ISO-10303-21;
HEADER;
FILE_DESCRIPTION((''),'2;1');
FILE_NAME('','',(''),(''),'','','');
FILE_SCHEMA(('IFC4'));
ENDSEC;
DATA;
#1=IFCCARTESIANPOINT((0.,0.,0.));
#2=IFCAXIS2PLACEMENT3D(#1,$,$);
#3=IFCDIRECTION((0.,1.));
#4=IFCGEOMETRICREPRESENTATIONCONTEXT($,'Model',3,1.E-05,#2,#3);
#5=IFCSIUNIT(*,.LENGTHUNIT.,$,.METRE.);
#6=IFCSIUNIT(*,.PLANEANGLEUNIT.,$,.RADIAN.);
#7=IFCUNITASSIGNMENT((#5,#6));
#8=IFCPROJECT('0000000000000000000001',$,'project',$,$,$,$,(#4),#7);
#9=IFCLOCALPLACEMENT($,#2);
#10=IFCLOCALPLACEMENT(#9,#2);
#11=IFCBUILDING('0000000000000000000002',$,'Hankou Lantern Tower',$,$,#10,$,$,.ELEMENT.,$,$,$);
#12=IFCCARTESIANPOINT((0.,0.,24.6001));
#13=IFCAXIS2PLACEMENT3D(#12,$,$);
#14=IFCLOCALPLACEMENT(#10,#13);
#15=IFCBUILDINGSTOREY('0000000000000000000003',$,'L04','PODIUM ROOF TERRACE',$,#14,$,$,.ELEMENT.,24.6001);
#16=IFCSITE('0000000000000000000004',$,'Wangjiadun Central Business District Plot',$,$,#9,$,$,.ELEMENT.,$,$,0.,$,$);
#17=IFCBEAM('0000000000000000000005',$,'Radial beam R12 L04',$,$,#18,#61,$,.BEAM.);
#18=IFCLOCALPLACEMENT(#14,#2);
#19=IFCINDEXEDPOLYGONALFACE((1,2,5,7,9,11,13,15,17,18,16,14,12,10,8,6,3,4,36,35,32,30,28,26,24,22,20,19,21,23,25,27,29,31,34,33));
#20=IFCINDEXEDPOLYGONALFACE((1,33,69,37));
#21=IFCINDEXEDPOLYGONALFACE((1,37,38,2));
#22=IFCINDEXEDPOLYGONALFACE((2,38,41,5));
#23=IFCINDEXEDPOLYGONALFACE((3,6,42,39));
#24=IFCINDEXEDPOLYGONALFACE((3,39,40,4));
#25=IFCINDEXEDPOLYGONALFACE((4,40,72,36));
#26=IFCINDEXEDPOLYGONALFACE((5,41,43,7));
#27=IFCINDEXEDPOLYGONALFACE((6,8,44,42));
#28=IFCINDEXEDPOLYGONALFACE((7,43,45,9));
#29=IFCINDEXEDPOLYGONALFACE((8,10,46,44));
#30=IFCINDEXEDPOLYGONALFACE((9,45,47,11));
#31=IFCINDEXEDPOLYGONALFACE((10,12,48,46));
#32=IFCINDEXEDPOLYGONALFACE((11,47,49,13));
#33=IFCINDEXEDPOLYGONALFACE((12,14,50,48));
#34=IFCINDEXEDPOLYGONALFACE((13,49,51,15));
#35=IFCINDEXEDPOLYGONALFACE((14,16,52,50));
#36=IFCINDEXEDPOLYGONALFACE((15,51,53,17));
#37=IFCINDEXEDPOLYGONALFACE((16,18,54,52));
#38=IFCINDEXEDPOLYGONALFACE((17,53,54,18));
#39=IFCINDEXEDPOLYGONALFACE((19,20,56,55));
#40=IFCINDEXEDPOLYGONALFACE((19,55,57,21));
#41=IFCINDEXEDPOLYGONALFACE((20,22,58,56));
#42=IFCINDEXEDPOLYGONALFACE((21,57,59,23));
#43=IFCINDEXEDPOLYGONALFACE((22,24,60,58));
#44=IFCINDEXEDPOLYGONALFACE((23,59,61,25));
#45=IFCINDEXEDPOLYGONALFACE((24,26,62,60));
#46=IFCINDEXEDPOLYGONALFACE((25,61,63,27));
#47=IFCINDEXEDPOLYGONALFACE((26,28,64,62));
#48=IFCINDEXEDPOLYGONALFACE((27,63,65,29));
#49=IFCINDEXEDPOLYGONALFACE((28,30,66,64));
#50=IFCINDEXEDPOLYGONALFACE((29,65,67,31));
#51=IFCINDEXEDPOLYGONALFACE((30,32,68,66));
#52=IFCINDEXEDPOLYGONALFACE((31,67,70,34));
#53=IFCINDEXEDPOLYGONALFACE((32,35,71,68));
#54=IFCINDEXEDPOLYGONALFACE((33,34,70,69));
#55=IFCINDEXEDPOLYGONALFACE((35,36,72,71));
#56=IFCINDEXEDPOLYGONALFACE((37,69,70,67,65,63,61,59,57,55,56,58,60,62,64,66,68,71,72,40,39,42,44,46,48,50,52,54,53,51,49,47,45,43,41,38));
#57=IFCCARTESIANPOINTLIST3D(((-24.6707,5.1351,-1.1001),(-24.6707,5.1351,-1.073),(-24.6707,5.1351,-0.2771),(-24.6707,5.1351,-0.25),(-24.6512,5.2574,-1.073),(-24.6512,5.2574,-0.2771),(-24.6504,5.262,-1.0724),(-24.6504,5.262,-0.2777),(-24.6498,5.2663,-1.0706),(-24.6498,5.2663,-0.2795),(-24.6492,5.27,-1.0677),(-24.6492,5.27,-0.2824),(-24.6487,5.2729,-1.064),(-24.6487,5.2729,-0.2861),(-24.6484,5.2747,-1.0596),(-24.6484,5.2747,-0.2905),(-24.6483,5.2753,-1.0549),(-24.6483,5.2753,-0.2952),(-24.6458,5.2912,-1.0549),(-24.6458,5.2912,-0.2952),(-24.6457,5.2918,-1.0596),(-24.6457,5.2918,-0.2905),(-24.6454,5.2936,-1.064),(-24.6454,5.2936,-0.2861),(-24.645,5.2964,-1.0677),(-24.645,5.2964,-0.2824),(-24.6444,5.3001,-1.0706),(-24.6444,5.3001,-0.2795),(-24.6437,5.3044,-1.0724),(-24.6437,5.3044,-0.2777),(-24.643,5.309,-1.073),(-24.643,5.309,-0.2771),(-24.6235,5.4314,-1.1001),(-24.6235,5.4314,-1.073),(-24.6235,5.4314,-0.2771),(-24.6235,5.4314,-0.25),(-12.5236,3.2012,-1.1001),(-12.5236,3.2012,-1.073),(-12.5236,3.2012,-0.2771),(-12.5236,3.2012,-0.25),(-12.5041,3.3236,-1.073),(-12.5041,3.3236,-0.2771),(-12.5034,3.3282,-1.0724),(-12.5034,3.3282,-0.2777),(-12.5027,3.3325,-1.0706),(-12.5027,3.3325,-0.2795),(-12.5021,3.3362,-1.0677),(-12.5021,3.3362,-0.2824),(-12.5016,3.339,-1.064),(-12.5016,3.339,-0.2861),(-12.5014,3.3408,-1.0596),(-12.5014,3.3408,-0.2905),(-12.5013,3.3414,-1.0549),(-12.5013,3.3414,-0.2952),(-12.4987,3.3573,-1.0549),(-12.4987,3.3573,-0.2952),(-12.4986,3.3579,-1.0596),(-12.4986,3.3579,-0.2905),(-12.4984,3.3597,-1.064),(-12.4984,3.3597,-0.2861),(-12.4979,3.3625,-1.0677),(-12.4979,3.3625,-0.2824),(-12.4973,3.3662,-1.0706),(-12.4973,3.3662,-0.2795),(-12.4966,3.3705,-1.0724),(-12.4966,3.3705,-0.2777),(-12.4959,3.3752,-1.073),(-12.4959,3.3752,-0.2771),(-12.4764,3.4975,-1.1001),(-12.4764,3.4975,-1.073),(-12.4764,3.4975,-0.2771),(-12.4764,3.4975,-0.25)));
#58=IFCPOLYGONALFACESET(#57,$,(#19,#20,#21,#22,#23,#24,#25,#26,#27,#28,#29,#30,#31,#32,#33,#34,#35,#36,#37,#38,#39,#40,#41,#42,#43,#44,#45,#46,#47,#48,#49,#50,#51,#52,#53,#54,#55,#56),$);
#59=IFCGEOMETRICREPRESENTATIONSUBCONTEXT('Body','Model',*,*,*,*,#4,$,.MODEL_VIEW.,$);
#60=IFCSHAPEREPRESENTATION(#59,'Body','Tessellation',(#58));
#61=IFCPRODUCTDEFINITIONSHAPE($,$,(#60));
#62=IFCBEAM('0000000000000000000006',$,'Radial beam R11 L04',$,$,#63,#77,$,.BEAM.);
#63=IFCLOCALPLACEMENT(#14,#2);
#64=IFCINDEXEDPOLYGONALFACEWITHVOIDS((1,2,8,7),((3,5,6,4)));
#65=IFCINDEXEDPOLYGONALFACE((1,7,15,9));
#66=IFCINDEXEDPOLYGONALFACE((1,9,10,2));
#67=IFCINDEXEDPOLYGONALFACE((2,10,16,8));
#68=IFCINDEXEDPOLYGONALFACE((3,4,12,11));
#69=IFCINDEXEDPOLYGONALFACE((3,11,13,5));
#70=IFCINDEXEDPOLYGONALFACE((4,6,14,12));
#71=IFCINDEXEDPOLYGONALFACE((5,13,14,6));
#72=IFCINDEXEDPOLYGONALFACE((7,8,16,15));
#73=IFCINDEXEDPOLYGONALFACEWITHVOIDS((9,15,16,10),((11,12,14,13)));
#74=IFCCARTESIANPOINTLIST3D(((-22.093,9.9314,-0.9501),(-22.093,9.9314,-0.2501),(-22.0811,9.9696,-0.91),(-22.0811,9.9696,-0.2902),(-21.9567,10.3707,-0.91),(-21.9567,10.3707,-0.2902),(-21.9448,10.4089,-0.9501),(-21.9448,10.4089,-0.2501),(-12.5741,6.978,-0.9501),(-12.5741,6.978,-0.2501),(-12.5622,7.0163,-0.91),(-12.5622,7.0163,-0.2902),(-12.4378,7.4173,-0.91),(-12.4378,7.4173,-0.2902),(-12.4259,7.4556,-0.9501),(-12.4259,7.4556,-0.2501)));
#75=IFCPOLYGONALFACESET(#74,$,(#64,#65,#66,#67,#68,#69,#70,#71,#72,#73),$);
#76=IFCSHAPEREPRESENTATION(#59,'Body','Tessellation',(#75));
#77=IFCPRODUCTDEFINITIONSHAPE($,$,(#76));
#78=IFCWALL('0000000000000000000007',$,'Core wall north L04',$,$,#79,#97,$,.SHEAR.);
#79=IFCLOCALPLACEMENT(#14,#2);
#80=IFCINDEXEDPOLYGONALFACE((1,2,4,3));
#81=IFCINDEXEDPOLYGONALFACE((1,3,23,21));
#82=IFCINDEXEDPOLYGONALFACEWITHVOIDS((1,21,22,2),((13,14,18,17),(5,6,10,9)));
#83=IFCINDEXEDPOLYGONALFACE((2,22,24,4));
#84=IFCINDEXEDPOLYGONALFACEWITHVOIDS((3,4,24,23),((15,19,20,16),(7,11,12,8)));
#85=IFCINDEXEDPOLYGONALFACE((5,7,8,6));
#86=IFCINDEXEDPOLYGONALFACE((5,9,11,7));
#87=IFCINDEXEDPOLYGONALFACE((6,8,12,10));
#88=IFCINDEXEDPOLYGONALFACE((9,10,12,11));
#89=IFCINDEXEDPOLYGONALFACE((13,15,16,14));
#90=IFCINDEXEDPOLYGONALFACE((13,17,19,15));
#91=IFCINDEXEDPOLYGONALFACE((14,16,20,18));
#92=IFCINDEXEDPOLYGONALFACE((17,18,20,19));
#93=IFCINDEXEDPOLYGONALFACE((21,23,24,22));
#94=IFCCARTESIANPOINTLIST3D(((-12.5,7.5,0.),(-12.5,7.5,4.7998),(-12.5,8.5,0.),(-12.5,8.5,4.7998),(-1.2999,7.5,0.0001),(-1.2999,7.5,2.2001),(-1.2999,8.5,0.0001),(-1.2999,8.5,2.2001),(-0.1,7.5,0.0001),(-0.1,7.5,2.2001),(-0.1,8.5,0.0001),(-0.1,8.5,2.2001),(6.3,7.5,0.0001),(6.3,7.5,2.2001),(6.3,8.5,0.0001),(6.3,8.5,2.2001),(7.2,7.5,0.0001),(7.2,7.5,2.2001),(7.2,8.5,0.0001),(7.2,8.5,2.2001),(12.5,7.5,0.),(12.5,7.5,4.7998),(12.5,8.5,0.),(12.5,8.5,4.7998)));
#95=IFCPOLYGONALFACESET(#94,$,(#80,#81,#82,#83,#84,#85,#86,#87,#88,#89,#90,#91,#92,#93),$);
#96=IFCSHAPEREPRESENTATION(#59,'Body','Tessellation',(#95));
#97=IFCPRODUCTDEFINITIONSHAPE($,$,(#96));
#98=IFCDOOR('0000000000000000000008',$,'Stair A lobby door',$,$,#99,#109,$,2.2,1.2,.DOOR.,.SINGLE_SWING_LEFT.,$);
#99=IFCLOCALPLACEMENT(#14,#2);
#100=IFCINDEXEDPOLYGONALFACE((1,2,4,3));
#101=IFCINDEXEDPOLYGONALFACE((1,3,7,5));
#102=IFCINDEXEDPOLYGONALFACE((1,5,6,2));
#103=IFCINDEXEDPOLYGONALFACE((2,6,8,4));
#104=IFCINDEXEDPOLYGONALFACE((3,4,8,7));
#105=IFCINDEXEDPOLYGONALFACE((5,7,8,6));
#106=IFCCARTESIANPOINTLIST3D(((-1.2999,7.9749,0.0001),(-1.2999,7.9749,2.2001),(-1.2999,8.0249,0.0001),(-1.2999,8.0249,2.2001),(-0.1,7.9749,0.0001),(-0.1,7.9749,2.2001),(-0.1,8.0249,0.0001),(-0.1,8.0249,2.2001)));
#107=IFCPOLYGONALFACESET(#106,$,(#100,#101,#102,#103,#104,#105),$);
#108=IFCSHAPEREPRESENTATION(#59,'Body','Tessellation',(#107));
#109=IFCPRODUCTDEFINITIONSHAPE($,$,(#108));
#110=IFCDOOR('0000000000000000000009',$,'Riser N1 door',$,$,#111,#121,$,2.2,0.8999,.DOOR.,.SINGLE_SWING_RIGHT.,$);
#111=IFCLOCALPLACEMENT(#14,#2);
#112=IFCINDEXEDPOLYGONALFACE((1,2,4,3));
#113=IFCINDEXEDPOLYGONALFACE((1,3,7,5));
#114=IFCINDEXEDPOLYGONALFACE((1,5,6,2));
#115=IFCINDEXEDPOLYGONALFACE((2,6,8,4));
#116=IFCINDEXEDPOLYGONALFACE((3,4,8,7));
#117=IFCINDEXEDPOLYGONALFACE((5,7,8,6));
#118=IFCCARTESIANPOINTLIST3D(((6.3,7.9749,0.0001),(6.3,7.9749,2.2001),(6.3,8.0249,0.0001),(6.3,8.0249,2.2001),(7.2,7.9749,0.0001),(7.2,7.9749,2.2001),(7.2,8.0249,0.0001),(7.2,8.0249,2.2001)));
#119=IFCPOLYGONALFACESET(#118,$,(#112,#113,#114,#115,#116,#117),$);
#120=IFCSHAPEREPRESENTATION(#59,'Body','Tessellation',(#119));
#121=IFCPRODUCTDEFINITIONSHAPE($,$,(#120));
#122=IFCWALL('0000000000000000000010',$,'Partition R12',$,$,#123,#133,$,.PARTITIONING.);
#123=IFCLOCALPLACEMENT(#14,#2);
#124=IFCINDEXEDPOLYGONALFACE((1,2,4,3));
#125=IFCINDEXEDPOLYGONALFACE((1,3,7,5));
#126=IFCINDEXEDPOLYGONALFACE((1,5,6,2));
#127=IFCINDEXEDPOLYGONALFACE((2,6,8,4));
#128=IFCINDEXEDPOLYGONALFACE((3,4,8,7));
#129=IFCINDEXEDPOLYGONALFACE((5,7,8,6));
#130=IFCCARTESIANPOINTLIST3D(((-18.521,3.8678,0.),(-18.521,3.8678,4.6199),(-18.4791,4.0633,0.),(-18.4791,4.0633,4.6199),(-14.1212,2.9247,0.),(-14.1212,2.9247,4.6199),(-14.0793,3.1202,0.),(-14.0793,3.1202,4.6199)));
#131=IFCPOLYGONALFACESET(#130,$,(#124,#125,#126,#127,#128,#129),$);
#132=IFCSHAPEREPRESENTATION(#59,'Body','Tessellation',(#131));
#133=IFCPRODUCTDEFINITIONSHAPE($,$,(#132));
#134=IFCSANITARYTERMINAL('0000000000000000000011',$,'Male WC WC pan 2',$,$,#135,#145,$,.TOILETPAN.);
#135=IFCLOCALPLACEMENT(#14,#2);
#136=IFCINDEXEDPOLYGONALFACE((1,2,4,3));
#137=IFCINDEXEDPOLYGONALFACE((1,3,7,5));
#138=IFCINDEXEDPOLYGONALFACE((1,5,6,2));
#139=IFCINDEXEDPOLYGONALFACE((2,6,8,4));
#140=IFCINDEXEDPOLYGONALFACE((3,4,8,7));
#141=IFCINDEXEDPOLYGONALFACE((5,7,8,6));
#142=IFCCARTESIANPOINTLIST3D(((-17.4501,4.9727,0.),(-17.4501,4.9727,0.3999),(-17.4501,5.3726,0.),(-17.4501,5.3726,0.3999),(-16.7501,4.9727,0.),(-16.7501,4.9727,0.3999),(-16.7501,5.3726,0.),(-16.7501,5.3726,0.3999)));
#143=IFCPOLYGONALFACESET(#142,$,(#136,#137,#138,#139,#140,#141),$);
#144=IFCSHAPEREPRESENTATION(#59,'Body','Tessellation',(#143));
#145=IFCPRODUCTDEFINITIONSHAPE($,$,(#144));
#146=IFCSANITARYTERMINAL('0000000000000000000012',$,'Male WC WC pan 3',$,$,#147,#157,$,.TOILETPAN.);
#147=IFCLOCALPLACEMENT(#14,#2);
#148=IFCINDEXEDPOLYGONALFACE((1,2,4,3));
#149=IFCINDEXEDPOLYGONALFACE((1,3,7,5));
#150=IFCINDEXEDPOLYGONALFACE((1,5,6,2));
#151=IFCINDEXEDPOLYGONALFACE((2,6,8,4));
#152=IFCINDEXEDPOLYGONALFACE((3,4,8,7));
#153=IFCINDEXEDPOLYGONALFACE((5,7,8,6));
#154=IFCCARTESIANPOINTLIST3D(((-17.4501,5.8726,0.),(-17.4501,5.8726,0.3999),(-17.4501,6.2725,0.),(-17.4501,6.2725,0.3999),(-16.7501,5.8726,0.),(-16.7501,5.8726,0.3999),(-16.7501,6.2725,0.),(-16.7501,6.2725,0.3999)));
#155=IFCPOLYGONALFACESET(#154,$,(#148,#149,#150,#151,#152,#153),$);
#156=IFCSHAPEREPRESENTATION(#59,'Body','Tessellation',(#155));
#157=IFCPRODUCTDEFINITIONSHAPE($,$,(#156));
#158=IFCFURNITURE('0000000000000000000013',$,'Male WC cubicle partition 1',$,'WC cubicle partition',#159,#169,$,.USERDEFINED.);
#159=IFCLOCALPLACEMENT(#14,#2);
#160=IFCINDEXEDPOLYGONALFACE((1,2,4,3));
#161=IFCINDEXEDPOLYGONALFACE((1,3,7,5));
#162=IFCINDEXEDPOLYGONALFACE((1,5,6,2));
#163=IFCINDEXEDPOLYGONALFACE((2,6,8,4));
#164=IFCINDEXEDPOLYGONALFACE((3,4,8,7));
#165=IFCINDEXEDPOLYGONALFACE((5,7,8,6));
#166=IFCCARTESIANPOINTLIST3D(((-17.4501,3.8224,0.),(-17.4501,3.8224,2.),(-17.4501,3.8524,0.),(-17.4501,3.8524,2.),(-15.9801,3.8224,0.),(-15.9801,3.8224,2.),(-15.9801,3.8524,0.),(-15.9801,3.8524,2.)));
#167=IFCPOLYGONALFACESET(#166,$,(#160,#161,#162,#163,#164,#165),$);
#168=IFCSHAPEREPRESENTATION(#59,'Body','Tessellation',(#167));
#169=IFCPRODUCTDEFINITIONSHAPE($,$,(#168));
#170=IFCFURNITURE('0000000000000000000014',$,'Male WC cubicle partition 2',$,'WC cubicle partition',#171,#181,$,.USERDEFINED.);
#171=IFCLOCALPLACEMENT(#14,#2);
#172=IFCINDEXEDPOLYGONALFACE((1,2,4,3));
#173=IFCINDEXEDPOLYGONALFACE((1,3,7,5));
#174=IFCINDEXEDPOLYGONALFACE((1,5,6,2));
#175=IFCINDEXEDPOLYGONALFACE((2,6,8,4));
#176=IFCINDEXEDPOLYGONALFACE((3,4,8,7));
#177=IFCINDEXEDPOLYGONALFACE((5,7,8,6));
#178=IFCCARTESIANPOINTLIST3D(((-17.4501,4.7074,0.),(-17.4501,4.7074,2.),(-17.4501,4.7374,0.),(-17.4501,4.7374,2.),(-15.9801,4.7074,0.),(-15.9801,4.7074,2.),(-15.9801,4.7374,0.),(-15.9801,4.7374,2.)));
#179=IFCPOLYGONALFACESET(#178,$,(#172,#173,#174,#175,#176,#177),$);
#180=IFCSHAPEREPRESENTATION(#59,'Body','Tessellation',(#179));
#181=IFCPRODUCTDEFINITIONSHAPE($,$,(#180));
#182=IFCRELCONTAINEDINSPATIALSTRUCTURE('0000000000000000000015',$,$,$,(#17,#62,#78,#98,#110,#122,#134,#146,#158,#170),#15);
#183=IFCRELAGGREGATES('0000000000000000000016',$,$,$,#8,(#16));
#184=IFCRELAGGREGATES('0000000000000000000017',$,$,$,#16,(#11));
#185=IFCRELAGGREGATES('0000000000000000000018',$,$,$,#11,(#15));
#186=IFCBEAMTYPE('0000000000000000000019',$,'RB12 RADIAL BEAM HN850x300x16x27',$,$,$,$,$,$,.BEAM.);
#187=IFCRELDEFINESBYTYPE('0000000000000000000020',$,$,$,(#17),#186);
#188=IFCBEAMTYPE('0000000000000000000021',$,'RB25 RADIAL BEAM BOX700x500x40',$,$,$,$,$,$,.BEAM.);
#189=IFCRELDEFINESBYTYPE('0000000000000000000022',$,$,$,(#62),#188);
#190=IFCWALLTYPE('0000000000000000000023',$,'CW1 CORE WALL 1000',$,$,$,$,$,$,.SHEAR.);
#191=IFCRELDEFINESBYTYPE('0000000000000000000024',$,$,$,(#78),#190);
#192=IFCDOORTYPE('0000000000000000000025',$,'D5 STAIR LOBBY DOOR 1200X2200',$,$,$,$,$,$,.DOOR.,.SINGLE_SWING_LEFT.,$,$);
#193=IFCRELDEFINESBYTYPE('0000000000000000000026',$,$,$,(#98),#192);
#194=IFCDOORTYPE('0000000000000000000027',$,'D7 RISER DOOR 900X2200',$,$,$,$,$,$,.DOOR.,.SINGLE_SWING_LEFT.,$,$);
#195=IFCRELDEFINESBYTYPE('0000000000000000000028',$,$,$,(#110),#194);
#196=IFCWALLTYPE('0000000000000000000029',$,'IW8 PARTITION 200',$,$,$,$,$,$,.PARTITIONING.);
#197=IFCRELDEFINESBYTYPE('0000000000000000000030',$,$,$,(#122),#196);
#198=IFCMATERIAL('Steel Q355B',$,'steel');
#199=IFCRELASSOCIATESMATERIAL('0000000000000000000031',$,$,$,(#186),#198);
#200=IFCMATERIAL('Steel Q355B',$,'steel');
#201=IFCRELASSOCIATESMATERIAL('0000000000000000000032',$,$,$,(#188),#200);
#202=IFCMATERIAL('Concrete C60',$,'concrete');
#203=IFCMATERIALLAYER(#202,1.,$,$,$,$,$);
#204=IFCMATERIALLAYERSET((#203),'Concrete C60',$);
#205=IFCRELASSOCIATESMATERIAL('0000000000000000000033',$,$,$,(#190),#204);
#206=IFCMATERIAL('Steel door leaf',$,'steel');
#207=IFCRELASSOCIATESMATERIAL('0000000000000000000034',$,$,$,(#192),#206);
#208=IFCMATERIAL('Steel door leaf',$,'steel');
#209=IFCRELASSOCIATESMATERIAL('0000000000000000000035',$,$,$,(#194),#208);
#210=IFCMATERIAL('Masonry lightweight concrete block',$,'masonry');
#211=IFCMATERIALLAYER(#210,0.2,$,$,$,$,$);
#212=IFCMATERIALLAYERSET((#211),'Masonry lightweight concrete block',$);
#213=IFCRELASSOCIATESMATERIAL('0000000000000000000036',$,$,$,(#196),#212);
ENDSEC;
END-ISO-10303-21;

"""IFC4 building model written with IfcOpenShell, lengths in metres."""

from ifc_helpers import new_model, si_unit, direction, frame, frame_2d, origin, origin_2d, place, context, subcontext, project, spatial, rectangle, hollow_rectangle, i_section, extrude, material, layer, layer_set, material_profile, profile_set, type_object, element, fill, save


model = new_model("IFC4")

# Units and contexts
model_context = context("Model", 3, precision=1e-05, world=origin(), true_north=direction((0.0, 1.0)))
body_context = subcontext(model_context, "Body", "Model", "MODEL_VIEW")
ifc_project = project(units=[si_unit("LENGTHUNIT", "METRE"), si_unit("PLANEANGLEUNIT", "RADIAN")], contexts=[model_context])

# Site, building, storey
site_placement = place(None, origin())
site = spatial("IfcSite", under=ifc_project, at=site_placement, Name="Wangjiadun Central Business District Plot", CompositionType="ELEMENT", RefElevation=0.0)
building_placement = place(site_placement, origin())
building = spatial("IfcBuilding", under=site, at=building_placement, Name="Hankou Lantern Tower", CompositionType="ELEMENT")
storey_placement = place(building_placement, frame((0.0, 0.0, 24.6001)))
storey = spatial("IfcBuildingStorey", under=building, at=storey_placement, Name="L04", Description="PODIUM ROOF TERRACE", CompositionType="ELEMENT", Elevation=24.6001)

# Beams
ifc_material_1 = material(Name="Steel Q355B", Category="steel")
ifc_material_profile_1 = material_profile(ifc_material_1, i_section(OverallWidth=0.3, OverallDepth=0.8501, WebThickness=0.0161, FlangeThickness=0.0271, FilletRadius=0.0181, at=origin_2d()), Name="HN850x300x16x27")
ifc_profile_set_1 = profile_set([ifc_material_profile_1], Name="Steel Q355B")
beam_type_1 = type_object("IfcBeamType", Name="RB12 RADIAL BEAM HN850x300x16x27", PredefinedType="BEAM", material=ifc_profile_set_1)
beam_1_placement = place(storey_placement, frame((-12.5, 3.3494, -0.675), z_axis=(-0.987563, 0.157223, 0.0), x_axis=(-0.157223, -0.987563, 0.0)))
element("IfcBeam", 1, at=beam_1_placement, inside=storey, type_object=beam_type_1, Name="Radial beam R12 L04", PredefinedType="BEAM", context=body_context, shape_type="SweptSolid", body=[
    extrude(i_section(OverallWidth=0.3, OverallDepth=0.8501, WebThickness=0.0161, FlangeThickness=0.0271, FilletRadius=0.0181, at=origin_2d()), origin(), (0.0, 0.0, 1.0), 12.3),
])
ifc_material_2 = material(Name="Steel Q355B", Category="steel")
ifc_material_profile_2 = material_profile(ifc_material_2, hollow_rectangle(XDim=0.5, YDim=0.7, WallThickness=0.04, at=origin_2d()), Name="BOX700x500x40")
ifc_profile_set_2 = profile_set([ifc_material_profile_2], Name="Steel Q355B")
beam_type_2 = type_object("IfcBeamType", Name="RB25 RADIAL BEAM BOX700x500x40", PredefinedType="BEAM", material=ifc_profile_set_2)
beam_2_placement = place(storey_placement, frame((-12.5, 7.2168, -0.6001), z_axis=(-0.955087, 0.296324, 0.0), x_axis=(-0.296324, -0.955087, 0.0)))
element("IfcBeam", 2, at=beam_2_placement, inside=storey, type_object=beam_type_2, Name="Radial beam R11 L04", PredefinedType="BEAM", context=body_context, shape_type="SweptSolid", body=[
    extrude(hollow_rectangle(XDim=0.5, YDim=0.7, WallThickness=0.04, at=origin_2d()), origin(), (0.0, 0.0, 1.0), 9.9666),
])

# Wall, openings, doors
ifc_material_3 = material(Name="Concrete C60", Category="concrete")
ifc_layer_1 = layer(ifc_material_3, 1.0)
ifc_layer_set_1 = layer_set([ifc_layer_1], Name="Concrete C60")
wall_type_1 = type_object("IfcWallType", Name="CW1 CORE WALL 1000", PredefinedType="SHEAR", material=ifc_layer_set_1)
wall_1_placement = place(storey_placement, frame((-12.5, 8.0, 0.0), z_axis=(0.0, 0.0, 1.0), x_axis=(1.0, 0.0, 0.0)))
wall_1 = element("IfcWall", 3, at=wall_1_placement, inside=storey, type_object=wall_type_1, Name="Core wall north L04", PredefinedType="SHEAR", context=body_context, shape_type="SweptSolid", body=[
    extrude(rectangle(XDim=25.0, YDim=1.0, at=frame_2d((12.5, 0.0))), origin(), (0.0, 0.0, 1.0), 4.7998),
])
opening_1_placement = place(wall_1_placement, frame((11.2, 0.0, 0.0)))
opening_1 = element("IfcOpeningElement", 4, at=opening_1_placement, cuts=wall_1, PredefinedType="OPENING", context=body_context, shape_type="SweptSolid", body=[
    extrude(rectangle(XDim=1.2, YDim=2.2, at=frame_2d((0.6001, 1.1001))), frame((0.0, 0.51, 0.0), z_axis=(0.0, -1.0, 0.0), x_axis=(1.0, 0.0, 0.0)), (0.0, 0.0, 1.0), 1.02),
])
opening_2_placement = place(wall_1_placement, frame((18.8, 0.0, 0.0)))
opening_2 = element("IfcOpeningElement", 5, at=opening_2_placement, cuts=wall_1, PredefinedType="OPENING", context=body_context, shape_type="SweptSolid", body=[
    extrude(rectangle(XDim=0.8999, YDim=2.2, at=frame_2d((0.45, 1.1001))), frame((0.0, 0.51, 0.0), z_axis=(0.0, -1.0, 0.0), x_axis=(1.0, 0.0, 0.0)), (0.0, 0.0, 1.0), 1.02),
])
ifc_material_4 = material(Name="Steel door leaf", Category="steel")
door_type_1 = type_object("IfcDoorType", Name="D5 STAIR LOBBY DOOR 1200X2200", OperationType="SINGLE_SWING_LEFT", PredefinedType="DOOR", material=ifc_material_4)
door_1_placement = place(opening_1_placement, origin())
door_1 = element("IfcDoor", 6, at=door_1_placement, inside=storey, type_object=door_type_1, Name="Stair A lobby door", OperationType="SINGLE_SWING_LEFT", OverallHeight=2.2, OverallWidth=1.2, PredefinedType="DOOR", context=body_context, shape_type="SweptSolid", body=[
    extrude(rectangle(XDim=1.2, YDim=2.2, at=frame_2d((0.6001, 1.1001))), frame((0.0, 0.0249, 0.0), z_axis=(0.0, -1.0, 0.0), x_axis=(1.0, 0.0, 0.0)), (0.0, 0.0, 1.0), 0.05),
])
fill(opening_1, door_1)
ifc_material_5 = material(Name="Steel door leaf", Category="steel")
door_type_2 = type_object("IfcDoorType", Name="D7 RISER DOOR 900X2200", OperationType="SINGLE_SWING_LEFT", PredefinedType="DOOR", material=ifc_material_5)
door_2_placement = place(opening_2_placement, origin())
door_2 = element("IfcDoor", 7, at=door_2_placement, inside=storey, type_object=door_type_2, Name="Riser N1 door", OperationType="SINGLE_SWING_RIGHT", OverallHeight=2.2, OverallWidth=0.8999, PredefinedType="DOOR", context=body_context, shape_type="SweptSolid", body=[
    extrude(rectangle(XDim=0.8999, YDim=2.2, at=frame_2d((0.45, 1.1001))), frame((0.0, 0.0249, 0.0), z_axis=(0.0, -1.0, 0.0), x_axis=(1.0, 0.0, 0.0)), (0.0, 0.0, 1.0), 0.05),
])
fill(opening_2, door_2)

# Wall
ifc_material_6 = material(Name="Masonry lightweight concrete block", Category="masonry")
ifc_layer_2 = layer(ifc_material_6, 0.2)
ifc_layer_set_2 = layer_set([ifc_layer_2], Name="Masonry lightweight concrete block")
wall_type_2 = type_object("IfcWallType", Name="IW8 PARTITION 200", PredefinedType="PARTITIONING", material=ifc_layer_set_2)
wall_2_placement = place(storey_placement, frame((-14.1001, 3.0225, 0.0), z_axis=(0.0, 0.0, 1.0), x_axis=(-0.97779, 0.209588, 0.0)))
element("IfcWall", 8, at=wall_2_placement, inside=storey, type_object=wall_type_2, Name="Partition R12", PredefinedType="PARTITIONING", context=body_context, shape_type="SweptSolid", body=[
    extrude(rectangle(XDim=4.4998, YDim=0.2, at=frame_2d((2.25, 0.0))), origin(), (0.0, 0.0, 1.0), 4.6199),
])

# Sanitary terminals
for number, where, z_axis, x_axis, name in (
    (9, (-17.1001, 5.1726, 0.0), (0.0, 0.0, 1.0), (0.0, 1.0, 0.0), "Male WC WC pan 2"),
    (10, (-17.1001, 6.0725, 0.0), (0.0, 0.0, 1.0), (0.0, 1.0, 0.0), "Male WC WC pan 3"),
):
    element("IfcSanitaryTerminal", number, at=place(storey_placement, frame(where, z_axis=z_axis, x_axis=x_axis)), inside=storey, Name=name, PredefinedType="TOILETPAN", context=body_context, shape_type="SweptSolid", body=[
        extrude(rectangle(XDim=0.3999, YDim=0.7, at=origin_2d()), origin(), (0.0, 0.0, 1.0), 0.3999),
    ])

# Furniture
for number, where, z_axis, x_axis, name in (
    (11, (-16.7151, 3.8374, 0.0), (0.0, 0.0, 1.0), (0.0, 1.0, 0.0), "Male WC cubicle partition 1"),
    (12, (-16.7151, 4.7224, 0.0), (0.0, 0.0, 1.0), (0.0, 1.0, 0.0), "Male WC cubicle partition 2"),
):
    element("IfcFurniture", number, at=place(storey_placement, frame(where, z_axis=z_axis, x_axis=x_axis)), inside=storey, Name=name, ObjectType="WC cubicle partition", PredefinedType="USERDEFINED", context=body_context, shape_type="SweptSolid", body=[
        extrude(rectangle(XDim=0.03, YDim=1.47, at=origin_2d()), origin(), (0.0, 0.0, 1.0), 2.0),
    ])

save(model, "model.ifc")
